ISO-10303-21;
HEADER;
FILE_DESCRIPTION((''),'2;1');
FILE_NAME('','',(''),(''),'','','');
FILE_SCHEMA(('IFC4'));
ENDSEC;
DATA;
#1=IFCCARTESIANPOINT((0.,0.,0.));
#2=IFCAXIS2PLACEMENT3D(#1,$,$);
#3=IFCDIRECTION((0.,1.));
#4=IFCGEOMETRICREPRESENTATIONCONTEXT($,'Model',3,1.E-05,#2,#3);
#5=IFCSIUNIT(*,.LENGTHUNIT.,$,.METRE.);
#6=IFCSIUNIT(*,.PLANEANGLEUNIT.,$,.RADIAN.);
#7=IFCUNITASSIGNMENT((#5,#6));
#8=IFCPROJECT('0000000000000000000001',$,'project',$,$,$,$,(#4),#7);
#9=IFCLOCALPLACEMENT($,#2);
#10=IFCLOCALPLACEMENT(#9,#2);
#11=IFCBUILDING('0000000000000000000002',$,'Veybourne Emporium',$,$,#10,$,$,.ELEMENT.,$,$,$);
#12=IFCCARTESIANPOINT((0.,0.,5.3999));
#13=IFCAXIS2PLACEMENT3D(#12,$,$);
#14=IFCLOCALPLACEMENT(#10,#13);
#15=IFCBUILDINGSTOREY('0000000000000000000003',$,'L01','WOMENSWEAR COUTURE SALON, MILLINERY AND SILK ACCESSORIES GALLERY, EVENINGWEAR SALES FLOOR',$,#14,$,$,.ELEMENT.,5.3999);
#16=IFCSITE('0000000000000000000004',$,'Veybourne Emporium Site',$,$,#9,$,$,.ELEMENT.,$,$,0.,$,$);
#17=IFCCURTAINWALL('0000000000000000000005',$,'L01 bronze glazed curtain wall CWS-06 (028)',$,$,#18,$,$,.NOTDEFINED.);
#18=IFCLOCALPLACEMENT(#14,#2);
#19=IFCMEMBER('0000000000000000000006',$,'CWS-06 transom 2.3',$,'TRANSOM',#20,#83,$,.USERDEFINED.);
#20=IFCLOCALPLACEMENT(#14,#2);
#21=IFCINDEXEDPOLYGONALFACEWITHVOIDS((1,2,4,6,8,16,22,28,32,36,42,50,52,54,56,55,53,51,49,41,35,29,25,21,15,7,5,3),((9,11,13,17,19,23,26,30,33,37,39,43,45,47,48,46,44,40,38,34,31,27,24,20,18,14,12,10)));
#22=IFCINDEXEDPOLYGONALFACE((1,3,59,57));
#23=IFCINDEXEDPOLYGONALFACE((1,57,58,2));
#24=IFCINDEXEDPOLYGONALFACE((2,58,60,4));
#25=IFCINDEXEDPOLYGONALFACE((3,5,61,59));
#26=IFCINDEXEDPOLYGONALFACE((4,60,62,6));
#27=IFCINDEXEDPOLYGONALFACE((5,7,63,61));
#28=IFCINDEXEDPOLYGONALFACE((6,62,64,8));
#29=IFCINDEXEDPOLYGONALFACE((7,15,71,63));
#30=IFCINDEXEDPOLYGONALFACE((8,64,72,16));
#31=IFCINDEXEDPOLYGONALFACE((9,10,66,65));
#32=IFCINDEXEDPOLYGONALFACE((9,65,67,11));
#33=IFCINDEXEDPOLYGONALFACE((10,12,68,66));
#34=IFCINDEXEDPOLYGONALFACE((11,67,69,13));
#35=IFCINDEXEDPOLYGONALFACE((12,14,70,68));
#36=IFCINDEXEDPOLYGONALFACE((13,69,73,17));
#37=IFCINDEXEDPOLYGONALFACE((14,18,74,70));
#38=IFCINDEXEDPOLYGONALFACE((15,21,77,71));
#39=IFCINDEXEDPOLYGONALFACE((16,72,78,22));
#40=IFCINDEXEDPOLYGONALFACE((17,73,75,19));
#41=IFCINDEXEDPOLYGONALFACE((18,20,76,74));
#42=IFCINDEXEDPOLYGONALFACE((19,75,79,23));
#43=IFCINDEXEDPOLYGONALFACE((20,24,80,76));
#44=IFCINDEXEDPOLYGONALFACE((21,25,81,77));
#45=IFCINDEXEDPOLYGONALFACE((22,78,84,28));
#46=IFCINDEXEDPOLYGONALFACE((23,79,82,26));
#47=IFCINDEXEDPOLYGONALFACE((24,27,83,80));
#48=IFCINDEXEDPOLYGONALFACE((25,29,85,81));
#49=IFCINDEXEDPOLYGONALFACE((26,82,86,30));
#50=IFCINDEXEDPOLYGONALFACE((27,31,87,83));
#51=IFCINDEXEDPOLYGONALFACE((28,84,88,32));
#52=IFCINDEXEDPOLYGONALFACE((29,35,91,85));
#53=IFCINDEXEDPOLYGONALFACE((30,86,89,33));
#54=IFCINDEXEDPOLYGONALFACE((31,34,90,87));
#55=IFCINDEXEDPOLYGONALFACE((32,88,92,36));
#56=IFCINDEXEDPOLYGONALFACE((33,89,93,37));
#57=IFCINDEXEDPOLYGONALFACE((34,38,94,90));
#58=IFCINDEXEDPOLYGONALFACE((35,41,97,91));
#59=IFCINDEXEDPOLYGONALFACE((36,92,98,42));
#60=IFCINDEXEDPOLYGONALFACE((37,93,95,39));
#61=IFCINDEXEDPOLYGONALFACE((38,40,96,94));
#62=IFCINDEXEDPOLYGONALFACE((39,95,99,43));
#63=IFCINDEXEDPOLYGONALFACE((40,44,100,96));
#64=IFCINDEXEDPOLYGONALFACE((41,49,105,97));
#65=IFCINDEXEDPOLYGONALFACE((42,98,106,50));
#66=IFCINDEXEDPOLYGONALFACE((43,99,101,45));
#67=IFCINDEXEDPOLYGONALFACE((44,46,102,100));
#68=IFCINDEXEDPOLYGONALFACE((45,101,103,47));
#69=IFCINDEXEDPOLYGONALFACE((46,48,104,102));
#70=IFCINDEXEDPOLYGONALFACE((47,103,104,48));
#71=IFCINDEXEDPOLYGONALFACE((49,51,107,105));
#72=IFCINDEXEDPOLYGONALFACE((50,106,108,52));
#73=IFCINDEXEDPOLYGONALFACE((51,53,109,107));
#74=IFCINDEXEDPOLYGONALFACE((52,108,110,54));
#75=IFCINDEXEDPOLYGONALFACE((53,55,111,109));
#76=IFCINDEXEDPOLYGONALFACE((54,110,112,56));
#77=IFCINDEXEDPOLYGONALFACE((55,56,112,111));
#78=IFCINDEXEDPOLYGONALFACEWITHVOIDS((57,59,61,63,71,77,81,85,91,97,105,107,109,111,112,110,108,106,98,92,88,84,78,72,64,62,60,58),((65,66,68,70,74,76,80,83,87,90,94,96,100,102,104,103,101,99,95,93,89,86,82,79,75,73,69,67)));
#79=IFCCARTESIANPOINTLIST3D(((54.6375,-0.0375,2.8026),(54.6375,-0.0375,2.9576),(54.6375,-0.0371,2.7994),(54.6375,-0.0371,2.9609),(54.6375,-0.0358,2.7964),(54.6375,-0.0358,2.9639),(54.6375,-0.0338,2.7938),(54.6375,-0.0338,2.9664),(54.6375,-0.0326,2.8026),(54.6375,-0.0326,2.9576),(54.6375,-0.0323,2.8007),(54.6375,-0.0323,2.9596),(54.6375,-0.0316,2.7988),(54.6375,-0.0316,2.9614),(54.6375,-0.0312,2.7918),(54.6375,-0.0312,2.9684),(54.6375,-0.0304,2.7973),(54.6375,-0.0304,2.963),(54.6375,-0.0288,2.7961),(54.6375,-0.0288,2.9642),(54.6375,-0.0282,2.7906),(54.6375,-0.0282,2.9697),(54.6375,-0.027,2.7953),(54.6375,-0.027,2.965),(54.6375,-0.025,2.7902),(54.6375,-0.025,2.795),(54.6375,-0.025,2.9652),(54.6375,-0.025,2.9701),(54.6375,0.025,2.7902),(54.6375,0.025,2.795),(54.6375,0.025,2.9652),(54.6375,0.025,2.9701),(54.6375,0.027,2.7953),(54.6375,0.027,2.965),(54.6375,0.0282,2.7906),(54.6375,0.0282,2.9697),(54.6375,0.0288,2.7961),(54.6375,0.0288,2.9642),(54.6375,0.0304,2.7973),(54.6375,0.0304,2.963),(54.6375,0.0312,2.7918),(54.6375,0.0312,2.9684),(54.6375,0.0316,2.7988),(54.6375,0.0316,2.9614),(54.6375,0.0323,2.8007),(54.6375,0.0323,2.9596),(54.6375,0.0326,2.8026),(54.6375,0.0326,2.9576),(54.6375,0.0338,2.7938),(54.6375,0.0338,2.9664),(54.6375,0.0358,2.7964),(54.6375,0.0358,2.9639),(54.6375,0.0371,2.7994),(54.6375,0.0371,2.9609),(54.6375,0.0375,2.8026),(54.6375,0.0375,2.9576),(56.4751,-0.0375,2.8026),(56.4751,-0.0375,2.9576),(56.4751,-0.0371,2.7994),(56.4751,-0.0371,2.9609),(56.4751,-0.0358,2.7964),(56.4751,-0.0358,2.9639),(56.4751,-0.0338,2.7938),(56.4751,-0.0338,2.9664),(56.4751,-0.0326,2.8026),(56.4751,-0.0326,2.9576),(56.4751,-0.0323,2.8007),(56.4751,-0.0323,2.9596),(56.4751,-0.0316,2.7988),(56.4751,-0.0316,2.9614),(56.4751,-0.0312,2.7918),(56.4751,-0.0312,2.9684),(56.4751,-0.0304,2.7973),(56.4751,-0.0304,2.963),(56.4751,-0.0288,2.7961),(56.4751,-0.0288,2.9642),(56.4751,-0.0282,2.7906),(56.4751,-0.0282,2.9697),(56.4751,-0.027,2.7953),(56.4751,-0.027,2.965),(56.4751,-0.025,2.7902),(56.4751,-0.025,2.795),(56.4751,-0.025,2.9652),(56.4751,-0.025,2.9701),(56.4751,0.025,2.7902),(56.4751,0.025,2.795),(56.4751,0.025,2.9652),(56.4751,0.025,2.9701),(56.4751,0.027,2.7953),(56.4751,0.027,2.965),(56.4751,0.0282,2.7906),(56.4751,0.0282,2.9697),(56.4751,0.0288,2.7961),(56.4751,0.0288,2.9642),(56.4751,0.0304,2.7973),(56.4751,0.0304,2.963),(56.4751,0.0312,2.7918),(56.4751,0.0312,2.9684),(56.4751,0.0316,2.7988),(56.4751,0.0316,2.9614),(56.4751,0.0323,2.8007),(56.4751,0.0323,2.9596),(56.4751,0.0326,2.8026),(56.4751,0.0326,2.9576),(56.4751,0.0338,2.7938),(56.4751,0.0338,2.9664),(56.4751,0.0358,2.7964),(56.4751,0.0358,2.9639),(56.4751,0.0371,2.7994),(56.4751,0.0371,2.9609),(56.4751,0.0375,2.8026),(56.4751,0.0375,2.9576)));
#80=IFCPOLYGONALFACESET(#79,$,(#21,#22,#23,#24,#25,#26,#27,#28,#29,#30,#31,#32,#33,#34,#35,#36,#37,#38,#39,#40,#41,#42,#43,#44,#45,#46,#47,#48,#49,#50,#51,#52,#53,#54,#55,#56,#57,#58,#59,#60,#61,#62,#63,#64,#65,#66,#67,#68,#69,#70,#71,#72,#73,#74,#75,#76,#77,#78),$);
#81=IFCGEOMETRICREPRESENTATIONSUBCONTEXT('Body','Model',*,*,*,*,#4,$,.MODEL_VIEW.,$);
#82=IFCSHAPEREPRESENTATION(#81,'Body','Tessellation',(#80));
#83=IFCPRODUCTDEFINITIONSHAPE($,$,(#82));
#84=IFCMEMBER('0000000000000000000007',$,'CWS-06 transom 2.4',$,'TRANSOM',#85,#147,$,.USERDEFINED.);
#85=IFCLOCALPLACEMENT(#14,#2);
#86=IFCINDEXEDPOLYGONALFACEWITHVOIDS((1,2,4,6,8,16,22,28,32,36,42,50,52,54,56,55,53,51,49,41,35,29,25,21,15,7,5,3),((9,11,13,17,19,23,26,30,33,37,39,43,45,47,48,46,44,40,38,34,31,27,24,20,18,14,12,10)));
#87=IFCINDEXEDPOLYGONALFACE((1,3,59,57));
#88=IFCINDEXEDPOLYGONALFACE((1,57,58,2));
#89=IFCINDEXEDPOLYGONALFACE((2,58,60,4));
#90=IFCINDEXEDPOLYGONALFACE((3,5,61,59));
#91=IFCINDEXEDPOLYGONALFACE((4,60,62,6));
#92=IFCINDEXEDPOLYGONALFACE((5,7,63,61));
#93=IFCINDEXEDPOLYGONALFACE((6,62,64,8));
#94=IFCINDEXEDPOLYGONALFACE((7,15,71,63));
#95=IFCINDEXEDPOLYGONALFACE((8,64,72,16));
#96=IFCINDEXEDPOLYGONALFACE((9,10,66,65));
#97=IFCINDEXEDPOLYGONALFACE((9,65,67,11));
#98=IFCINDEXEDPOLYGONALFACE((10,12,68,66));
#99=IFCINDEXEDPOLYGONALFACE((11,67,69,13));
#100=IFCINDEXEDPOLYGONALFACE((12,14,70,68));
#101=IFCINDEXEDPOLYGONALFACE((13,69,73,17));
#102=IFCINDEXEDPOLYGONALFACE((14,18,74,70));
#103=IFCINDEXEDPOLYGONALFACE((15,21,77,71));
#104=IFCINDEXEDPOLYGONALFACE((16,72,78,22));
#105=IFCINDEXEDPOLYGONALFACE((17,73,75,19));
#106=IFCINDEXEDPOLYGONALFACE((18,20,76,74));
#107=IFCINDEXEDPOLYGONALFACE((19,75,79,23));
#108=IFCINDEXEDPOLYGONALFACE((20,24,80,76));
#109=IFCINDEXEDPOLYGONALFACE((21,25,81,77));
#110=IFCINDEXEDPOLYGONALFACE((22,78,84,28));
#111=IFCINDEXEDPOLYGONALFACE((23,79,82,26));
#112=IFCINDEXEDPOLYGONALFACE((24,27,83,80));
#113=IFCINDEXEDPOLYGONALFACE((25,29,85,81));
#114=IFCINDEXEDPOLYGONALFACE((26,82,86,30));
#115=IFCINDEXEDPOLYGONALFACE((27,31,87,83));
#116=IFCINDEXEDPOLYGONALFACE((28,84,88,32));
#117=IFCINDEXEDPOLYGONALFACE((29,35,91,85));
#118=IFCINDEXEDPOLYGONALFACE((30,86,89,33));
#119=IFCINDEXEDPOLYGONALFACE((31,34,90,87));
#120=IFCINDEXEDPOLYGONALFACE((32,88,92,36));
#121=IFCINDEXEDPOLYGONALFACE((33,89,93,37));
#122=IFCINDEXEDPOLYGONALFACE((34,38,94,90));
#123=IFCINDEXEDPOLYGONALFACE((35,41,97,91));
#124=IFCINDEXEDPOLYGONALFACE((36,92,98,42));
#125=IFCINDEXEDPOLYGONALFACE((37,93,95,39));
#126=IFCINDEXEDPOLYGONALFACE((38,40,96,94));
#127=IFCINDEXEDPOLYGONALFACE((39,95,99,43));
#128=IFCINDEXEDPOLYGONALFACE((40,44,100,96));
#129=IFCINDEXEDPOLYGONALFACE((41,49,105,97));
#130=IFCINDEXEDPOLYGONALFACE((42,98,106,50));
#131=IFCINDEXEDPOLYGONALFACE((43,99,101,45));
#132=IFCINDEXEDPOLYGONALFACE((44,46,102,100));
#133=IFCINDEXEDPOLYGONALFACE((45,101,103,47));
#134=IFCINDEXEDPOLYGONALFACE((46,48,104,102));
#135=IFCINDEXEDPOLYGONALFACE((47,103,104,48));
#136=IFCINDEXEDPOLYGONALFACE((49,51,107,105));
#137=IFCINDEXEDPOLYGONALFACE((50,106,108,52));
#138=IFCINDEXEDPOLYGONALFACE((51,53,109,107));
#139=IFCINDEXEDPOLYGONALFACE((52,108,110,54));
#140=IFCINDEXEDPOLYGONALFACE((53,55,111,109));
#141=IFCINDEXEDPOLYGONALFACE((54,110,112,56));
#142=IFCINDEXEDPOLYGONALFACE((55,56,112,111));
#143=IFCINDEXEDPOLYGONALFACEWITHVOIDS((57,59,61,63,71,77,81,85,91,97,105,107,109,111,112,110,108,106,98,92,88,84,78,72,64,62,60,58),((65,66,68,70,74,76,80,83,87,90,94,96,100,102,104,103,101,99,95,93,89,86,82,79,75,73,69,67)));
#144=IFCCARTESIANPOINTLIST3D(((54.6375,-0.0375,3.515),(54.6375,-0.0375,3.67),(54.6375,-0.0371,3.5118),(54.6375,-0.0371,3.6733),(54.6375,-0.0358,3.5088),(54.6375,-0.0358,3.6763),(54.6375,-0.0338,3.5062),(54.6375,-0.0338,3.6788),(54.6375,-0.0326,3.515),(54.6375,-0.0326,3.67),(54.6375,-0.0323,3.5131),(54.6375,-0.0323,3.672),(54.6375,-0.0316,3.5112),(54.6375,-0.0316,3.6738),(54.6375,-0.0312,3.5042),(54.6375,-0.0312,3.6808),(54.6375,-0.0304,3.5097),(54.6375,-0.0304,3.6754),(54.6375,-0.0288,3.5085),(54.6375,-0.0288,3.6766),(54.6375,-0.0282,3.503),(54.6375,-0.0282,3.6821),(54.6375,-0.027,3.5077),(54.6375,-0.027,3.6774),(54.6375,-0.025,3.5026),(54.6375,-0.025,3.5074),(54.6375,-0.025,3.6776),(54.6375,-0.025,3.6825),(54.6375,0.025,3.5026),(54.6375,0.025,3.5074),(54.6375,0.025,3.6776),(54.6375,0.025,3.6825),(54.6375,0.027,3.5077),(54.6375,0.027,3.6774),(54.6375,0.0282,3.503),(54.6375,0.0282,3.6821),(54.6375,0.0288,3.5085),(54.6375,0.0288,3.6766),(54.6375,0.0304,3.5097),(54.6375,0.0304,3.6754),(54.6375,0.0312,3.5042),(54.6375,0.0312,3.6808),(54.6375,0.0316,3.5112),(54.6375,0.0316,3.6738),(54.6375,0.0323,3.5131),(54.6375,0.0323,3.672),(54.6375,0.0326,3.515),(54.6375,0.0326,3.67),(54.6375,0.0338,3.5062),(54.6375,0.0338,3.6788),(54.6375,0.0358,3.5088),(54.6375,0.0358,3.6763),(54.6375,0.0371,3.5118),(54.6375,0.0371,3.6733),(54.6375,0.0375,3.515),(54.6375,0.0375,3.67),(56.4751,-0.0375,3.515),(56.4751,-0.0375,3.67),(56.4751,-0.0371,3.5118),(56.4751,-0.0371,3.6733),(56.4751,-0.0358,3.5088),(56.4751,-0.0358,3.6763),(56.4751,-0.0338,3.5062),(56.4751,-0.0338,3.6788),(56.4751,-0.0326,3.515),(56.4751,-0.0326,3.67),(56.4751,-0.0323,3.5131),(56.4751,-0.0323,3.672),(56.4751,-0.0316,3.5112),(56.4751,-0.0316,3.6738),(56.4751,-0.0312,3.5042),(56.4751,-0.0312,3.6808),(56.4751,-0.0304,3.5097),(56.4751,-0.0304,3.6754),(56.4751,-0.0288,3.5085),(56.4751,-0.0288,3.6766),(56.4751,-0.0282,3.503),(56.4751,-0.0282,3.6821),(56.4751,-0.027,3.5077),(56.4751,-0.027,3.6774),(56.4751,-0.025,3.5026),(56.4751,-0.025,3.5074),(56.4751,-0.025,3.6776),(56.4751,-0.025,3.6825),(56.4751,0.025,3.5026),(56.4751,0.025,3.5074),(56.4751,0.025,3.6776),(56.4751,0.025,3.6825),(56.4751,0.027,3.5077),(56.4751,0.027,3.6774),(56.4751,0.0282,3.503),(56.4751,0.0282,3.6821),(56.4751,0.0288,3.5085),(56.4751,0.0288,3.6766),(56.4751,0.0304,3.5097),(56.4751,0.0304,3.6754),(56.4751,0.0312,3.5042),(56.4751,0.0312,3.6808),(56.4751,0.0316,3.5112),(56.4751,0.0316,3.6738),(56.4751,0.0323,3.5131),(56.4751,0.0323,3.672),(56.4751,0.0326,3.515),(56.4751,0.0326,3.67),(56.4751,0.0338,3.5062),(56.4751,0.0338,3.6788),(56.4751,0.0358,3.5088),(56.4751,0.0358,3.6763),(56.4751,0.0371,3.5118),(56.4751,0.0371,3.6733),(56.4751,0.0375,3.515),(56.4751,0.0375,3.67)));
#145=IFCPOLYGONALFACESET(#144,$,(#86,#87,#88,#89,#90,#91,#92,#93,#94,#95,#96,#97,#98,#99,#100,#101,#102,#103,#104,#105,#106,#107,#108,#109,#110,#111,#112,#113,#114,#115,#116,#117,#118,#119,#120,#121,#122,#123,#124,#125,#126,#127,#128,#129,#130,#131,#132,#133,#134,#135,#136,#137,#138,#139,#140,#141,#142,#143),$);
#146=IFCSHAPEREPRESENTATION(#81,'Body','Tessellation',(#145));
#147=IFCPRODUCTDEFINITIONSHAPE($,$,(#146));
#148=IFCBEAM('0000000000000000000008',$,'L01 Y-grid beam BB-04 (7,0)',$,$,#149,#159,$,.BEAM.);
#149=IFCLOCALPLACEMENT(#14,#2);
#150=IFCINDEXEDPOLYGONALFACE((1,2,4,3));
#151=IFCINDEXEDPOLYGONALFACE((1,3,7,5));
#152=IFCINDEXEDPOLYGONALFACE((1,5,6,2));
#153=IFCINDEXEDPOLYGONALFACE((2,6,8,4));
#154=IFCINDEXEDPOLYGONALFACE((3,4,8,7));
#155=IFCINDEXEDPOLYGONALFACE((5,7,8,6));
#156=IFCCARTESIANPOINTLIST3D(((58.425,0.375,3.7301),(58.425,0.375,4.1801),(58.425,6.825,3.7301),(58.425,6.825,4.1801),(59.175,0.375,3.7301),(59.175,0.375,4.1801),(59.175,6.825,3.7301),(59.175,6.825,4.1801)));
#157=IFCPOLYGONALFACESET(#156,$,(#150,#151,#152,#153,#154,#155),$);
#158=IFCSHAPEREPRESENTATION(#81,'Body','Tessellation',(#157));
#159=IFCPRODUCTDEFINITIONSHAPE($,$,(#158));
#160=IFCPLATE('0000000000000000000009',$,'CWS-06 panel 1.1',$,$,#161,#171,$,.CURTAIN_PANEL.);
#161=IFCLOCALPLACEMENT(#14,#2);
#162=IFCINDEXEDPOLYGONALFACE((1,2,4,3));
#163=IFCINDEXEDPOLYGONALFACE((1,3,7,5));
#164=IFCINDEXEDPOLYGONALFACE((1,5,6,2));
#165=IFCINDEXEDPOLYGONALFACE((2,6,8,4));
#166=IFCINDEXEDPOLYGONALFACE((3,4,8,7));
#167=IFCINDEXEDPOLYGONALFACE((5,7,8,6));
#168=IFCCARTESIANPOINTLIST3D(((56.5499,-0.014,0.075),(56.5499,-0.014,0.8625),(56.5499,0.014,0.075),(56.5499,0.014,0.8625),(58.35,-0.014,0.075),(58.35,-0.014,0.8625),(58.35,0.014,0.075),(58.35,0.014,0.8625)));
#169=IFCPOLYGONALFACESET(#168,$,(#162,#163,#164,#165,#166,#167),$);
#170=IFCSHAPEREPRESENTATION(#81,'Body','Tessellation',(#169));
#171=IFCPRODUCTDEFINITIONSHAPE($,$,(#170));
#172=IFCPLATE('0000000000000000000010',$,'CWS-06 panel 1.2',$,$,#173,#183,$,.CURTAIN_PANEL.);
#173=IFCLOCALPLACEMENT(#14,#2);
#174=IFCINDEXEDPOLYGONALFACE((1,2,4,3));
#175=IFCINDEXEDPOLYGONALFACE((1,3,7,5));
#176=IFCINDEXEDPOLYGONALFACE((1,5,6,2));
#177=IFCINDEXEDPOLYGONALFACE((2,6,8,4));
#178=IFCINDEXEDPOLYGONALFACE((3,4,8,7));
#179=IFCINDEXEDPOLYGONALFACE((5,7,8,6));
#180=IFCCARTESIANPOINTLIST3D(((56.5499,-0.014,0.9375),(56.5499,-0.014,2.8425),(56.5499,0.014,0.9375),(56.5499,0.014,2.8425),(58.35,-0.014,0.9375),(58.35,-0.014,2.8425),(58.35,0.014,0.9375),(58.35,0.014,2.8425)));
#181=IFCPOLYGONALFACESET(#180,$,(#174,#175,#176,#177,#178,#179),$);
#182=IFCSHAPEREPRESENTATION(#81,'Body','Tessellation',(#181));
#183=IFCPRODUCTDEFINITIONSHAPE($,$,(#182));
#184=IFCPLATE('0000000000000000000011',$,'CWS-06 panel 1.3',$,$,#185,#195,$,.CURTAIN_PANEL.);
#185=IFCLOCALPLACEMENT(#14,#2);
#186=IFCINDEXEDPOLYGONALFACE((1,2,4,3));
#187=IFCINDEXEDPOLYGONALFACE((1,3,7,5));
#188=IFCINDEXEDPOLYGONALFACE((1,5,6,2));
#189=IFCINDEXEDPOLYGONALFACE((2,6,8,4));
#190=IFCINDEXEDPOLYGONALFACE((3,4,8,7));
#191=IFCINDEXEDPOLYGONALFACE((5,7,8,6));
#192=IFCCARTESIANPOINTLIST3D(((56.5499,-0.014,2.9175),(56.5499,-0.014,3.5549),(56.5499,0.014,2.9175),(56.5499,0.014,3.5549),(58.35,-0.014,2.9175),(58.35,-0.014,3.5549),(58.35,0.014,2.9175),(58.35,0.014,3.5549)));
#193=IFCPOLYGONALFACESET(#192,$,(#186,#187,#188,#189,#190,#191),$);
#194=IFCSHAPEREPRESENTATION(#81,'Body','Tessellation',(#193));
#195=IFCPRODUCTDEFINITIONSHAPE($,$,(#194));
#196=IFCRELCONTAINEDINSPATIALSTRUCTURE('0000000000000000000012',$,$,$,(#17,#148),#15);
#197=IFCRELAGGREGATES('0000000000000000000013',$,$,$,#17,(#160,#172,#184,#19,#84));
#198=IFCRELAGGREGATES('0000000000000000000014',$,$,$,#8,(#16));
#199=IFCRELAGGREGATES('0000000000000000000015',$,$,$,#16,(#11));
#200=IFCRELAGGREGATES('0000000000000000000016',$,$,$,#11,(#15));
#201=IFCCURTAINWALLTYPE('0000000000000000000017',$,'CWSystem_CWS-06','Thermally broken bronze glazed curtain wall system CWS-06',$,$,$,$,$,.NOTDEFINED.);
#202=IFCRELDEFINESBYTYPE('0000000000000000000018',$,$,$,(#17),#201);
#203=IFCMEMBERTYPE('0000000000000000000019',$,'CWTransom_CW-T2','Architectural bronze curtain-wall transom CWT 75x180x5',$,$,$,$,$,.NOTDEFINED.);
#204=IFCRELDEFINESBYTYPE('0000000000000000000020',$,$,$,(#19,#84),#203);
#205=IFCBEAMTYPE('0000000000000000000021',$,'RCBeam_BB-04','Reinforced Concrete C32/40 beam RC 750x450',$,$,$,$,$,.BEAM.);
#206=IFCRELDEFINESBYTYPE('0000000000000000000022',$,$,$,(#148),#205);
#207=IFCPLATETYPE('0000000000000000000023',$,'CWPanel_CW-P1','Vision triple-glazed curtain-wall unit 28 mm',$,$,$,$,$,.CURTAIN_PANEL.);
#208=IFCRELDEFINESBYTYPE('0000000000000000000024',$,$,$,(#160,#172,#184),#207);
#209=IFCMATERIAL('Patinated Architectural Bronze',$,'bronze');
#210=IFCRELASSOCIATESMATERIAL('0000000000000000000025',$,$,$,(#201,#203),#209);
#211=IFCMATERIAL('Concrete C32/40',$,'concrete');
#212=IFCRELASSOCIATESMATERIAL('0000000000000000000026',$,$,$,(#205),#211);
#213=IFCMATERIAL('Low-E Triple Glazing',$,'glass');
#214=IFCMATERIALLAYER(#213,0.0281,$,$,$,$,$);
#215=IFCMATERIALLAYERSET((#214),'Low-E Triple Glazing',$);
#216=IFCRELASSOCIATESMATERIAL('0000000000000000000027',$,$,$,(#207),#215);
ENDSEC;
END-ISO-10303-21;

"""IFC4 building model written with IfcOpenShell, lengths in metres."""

from ifc_helpers import new_model, si_unit, direction, frame, origin, origin_2d, place, context, subcontext, project, spatial, rectangle, hollow_rectangle, extrude, material, layer, layer_set, material_profile, profile_set, type_object, element, aggregate, save


model = new_model("IFC4")

# Units and contexts
model_context = context("Model", 3, precision=1e-05, world=origin(), true_north=direction((0.0, 1.0)))
body_context = subcontext(model_context, "Body", "Model", "MODEL_VIEW")
ifc_project = project(units=[si_unit("LENGTHUNIT", "METRE"), si_unit("PLANEANGLEUNIT", "RADIAN")], contexts=[model_context])

# Site, building, storey
site_placement = place(None, origin())
site = spatial("IfcSite", under=ifc_project, at=site_placement, Name="Veybourne Emporium Site", CompositionType="ELEMENT", RefElevation=0.0)
building_placement = place(site_placement, origin())
building = spatial("IfcBuilding", under=site, at=building_placement, Name="Veybourne Emporium", CompositionType="ELEMENT")
storey_placement = place(building_placement, frame((0.0, 0.0, 5.3999)))
storey = spatial("IfcBuildingStorey", under=building, at=storey_placement, Name="L01", Description="WOMENSWEAR COUTURE SALON, MILLINERY AND SILK ACCESSORIES GALLERY, EVENINGWEAR SALES FLOOR", CompositionType="ELEMENT", Elevation=5.3999)

# Curtain wall, members
ifc_material_1 = material(Name="Patinated Architectural Bronze", Category="bronze")
curtain_wall_type = type_object("IfcCurtainWallType", Name="CWSystem_CWS-06", Description="Thermally broken bronze glazed curtain wall system CWS-06", PredefinedType="NOTDEFINED", material=ifc_material_1)
curtain_wall_placement = place(storey_placement, origin())
curtain_wall = element("IfcCurtainWall", 1, at=curtain_wall_placement, inside=storey, type_object=curtain_wall_type, Name="L01 bronze glazed curtain wall CWS-06 (028)", PredefinedType="NOTDEFINED")
ifc_material_profile_1 = material_profile(ifc_material_1, hollow_rectangle(XDim=0.075, YDim=0.1799, WallThickness=0.0049, InnerFilletRadius=0.0076, OuterFilletRadius=0.0125, at=origin_2d()), Name="CWT 75x180x5")
ifc_profile_set_1 = profile_set([ifc_material_profile_1], Name="Patinated Architectural Bronze")
member_type_1 = type_object("IfcMemberType", Name="CWTransom_CW-T2", Description="Architectural bronze curtain-wall transom CWT 75x180x5", PredefinedType="NOTDEFINED", material=ifc_profile_set_1)
member_1_placement = place(storey_placement, frame((56.4751, 0.0, 2.8801), z_axis=(-1.0, 0.0, 0.0), x_axis=(0.0, -1.0, 0.0)))
member_1 = element("IfcMember", 2, at=member_1_placement, type_object=member_type_1, Name="CWS-06 transom 2.3", ObjectType="TRANSOM", PredefinedType="USERDEFINED", context=body_context, shape_type="SweptSolid", body=[
    extrude(hollow_rectangle(XDim=0.075, YDim=0.1799, WallThickness=0.0049, InnerFilletRadius=0.0076, OuterFilletRadius=0.0125, at=origin_2d()), origin(), (0.0, 0.0, 1.0), 1.8376),
])
member_2_placement = place(storey_placement, frame((56.4751, 0.0, 3.5925), z_axis=(-1.0, 0.0, 0.0), x_axis=(0.0, -1.0, 0.0)))
member_2 = element("IfcMember", 3, at=member_2_placement, type_object=member_type_1, Name="CWS-06 transom 2.4", ObjectType="TRANSOM", PredefinedType="USERDEFINED", context=body_context, shape_type="SweptSolid", body=[
    extrude(hollow_rectangle(XDim=0.075, YDim=0.1799, WallThickness=0.0049, InnerFilletRadius=0.0076, OuterFilletRadius=0.0125, at=origin_2d()), origin(), (0.0, 0.0, 1.0), 1.8376),
])

# Beam
ifc_material_2 = material(Name="Concrete C32/40", Category="concrete")
ifc_material_profile_2 = material_profile(ifc_material_2, rectangle(XDim=0.75, YDim=0.45, at=origin_2d()), Name="RC 750x450")
ifc_profile_set_2 = profile_set([ifc_material_profile_2], Name="Concrete C32/40")
beam_type = type_object("IfcBeamType", Name="RCBeam_BB-04", Description="Reinforced Concrete C32/40 beam RC 750x450", PredefinedType="BEAM", material=ifc_profile_set_2)
beam_placement = place(storey_placement, frame((58.8, 0.375, 3.9551), z_axis=(0.0, 1.0, 0.0), x_axis=(-1.0, 0.0, 0.0)))
element("IfcBeam", 4, at=beam_placement, inside=storey, type_object=beam_type, Name="L01 Y-grid beam BB-04 (7,0)", PredefinedType="BEAM", context=body_context, shape_type="SweptSolid", body=[
    extrude(rectangle(XDim=0.75, YDim=0.45, at=origin_2d()), origin(), (0.0, 0.0, 1.0), 6.45),
])

# Plates
ifc_material_3 = material(Name="Low-E Triple Glazing", Category="glass")
ifc_layer_1 = layer(ifc_material_3, 0.0281)
ifc_layer_set_1 = layer_set([ifc_layer_1], Name="Low-E Triple Glazing")
plate_type = type_object("IfcPlateType", Name="CWPanel_CW-P1", Description="Vision triple-glazed curtain-wall unit 28 mm", PredefinedType="CURTAIN_PANEL", material=ifc_layer_set_1)
plate_1_placement = place(storey_placement, frame((57.45, 0.0, 0.075), z_axis=(0.0, 0.0, 1.0), x_axis=(-1.0, 0.0, 0.0)))
plate_1 = element("IfcPlate", 5, at=plate_1_placement, type_object=plate_type, Name="CWS-06 panel 1.1", PredefinedType="CURTAIN_PANEL", context=body_context, shape_type="SweptSolid", body=[
    extrude(rectangle(XDim=1.8, YDim=0.0281, at=origin_2d()), origin(), (0.0, 0.0, 1.0), 0.7876),
])
plate_2_placement = place(storey_placement, frame((57.45, 0.0, 0.9375), z_axis=(0.0, 0.0, 1.0), x_axis=(-1.0, 0.0, 0.0)))
plate_2 = element("IfcPlate", 6, at=plate_2_placement, type_object=plate_type, Name="CWS-06 panel 1.2", PredefinedType="CURTAIN_PANEL", context=body_context, shape_type="SweptSolid", body=[
    extrude(rectangle(XDim=1.8, YDim=0.0281, at=origin_2d()), origin(), (0.0, 0.0, 1.0), 1.905),
])
plate_3_placement = place(storey_placement, frame((57.45, 0.0, 2.9175), z_axis=(0.0, 0.0, 1.0), x_axis=(-1.0, 0.0, 0.0)))
plate_3 = element("IfcPlate", 7, at=plate_3_placement, type_object=plate_type, Name="CWS-06 panel 1.3", PredefinedType="CURTAIN_PANEL", context=body_context, shape_type="SweptSolid", body=[
    extrude(rectangle(XDim=1.8, YDim=0.0281, at=origin_2d()), origin(), (0.0, 0.0, 1.0), 0.6375),
])
aggregate(curtain_wall, [plate_1, plate_2, plate_3, member_1, member_2])

save(model, "model.ifc")
